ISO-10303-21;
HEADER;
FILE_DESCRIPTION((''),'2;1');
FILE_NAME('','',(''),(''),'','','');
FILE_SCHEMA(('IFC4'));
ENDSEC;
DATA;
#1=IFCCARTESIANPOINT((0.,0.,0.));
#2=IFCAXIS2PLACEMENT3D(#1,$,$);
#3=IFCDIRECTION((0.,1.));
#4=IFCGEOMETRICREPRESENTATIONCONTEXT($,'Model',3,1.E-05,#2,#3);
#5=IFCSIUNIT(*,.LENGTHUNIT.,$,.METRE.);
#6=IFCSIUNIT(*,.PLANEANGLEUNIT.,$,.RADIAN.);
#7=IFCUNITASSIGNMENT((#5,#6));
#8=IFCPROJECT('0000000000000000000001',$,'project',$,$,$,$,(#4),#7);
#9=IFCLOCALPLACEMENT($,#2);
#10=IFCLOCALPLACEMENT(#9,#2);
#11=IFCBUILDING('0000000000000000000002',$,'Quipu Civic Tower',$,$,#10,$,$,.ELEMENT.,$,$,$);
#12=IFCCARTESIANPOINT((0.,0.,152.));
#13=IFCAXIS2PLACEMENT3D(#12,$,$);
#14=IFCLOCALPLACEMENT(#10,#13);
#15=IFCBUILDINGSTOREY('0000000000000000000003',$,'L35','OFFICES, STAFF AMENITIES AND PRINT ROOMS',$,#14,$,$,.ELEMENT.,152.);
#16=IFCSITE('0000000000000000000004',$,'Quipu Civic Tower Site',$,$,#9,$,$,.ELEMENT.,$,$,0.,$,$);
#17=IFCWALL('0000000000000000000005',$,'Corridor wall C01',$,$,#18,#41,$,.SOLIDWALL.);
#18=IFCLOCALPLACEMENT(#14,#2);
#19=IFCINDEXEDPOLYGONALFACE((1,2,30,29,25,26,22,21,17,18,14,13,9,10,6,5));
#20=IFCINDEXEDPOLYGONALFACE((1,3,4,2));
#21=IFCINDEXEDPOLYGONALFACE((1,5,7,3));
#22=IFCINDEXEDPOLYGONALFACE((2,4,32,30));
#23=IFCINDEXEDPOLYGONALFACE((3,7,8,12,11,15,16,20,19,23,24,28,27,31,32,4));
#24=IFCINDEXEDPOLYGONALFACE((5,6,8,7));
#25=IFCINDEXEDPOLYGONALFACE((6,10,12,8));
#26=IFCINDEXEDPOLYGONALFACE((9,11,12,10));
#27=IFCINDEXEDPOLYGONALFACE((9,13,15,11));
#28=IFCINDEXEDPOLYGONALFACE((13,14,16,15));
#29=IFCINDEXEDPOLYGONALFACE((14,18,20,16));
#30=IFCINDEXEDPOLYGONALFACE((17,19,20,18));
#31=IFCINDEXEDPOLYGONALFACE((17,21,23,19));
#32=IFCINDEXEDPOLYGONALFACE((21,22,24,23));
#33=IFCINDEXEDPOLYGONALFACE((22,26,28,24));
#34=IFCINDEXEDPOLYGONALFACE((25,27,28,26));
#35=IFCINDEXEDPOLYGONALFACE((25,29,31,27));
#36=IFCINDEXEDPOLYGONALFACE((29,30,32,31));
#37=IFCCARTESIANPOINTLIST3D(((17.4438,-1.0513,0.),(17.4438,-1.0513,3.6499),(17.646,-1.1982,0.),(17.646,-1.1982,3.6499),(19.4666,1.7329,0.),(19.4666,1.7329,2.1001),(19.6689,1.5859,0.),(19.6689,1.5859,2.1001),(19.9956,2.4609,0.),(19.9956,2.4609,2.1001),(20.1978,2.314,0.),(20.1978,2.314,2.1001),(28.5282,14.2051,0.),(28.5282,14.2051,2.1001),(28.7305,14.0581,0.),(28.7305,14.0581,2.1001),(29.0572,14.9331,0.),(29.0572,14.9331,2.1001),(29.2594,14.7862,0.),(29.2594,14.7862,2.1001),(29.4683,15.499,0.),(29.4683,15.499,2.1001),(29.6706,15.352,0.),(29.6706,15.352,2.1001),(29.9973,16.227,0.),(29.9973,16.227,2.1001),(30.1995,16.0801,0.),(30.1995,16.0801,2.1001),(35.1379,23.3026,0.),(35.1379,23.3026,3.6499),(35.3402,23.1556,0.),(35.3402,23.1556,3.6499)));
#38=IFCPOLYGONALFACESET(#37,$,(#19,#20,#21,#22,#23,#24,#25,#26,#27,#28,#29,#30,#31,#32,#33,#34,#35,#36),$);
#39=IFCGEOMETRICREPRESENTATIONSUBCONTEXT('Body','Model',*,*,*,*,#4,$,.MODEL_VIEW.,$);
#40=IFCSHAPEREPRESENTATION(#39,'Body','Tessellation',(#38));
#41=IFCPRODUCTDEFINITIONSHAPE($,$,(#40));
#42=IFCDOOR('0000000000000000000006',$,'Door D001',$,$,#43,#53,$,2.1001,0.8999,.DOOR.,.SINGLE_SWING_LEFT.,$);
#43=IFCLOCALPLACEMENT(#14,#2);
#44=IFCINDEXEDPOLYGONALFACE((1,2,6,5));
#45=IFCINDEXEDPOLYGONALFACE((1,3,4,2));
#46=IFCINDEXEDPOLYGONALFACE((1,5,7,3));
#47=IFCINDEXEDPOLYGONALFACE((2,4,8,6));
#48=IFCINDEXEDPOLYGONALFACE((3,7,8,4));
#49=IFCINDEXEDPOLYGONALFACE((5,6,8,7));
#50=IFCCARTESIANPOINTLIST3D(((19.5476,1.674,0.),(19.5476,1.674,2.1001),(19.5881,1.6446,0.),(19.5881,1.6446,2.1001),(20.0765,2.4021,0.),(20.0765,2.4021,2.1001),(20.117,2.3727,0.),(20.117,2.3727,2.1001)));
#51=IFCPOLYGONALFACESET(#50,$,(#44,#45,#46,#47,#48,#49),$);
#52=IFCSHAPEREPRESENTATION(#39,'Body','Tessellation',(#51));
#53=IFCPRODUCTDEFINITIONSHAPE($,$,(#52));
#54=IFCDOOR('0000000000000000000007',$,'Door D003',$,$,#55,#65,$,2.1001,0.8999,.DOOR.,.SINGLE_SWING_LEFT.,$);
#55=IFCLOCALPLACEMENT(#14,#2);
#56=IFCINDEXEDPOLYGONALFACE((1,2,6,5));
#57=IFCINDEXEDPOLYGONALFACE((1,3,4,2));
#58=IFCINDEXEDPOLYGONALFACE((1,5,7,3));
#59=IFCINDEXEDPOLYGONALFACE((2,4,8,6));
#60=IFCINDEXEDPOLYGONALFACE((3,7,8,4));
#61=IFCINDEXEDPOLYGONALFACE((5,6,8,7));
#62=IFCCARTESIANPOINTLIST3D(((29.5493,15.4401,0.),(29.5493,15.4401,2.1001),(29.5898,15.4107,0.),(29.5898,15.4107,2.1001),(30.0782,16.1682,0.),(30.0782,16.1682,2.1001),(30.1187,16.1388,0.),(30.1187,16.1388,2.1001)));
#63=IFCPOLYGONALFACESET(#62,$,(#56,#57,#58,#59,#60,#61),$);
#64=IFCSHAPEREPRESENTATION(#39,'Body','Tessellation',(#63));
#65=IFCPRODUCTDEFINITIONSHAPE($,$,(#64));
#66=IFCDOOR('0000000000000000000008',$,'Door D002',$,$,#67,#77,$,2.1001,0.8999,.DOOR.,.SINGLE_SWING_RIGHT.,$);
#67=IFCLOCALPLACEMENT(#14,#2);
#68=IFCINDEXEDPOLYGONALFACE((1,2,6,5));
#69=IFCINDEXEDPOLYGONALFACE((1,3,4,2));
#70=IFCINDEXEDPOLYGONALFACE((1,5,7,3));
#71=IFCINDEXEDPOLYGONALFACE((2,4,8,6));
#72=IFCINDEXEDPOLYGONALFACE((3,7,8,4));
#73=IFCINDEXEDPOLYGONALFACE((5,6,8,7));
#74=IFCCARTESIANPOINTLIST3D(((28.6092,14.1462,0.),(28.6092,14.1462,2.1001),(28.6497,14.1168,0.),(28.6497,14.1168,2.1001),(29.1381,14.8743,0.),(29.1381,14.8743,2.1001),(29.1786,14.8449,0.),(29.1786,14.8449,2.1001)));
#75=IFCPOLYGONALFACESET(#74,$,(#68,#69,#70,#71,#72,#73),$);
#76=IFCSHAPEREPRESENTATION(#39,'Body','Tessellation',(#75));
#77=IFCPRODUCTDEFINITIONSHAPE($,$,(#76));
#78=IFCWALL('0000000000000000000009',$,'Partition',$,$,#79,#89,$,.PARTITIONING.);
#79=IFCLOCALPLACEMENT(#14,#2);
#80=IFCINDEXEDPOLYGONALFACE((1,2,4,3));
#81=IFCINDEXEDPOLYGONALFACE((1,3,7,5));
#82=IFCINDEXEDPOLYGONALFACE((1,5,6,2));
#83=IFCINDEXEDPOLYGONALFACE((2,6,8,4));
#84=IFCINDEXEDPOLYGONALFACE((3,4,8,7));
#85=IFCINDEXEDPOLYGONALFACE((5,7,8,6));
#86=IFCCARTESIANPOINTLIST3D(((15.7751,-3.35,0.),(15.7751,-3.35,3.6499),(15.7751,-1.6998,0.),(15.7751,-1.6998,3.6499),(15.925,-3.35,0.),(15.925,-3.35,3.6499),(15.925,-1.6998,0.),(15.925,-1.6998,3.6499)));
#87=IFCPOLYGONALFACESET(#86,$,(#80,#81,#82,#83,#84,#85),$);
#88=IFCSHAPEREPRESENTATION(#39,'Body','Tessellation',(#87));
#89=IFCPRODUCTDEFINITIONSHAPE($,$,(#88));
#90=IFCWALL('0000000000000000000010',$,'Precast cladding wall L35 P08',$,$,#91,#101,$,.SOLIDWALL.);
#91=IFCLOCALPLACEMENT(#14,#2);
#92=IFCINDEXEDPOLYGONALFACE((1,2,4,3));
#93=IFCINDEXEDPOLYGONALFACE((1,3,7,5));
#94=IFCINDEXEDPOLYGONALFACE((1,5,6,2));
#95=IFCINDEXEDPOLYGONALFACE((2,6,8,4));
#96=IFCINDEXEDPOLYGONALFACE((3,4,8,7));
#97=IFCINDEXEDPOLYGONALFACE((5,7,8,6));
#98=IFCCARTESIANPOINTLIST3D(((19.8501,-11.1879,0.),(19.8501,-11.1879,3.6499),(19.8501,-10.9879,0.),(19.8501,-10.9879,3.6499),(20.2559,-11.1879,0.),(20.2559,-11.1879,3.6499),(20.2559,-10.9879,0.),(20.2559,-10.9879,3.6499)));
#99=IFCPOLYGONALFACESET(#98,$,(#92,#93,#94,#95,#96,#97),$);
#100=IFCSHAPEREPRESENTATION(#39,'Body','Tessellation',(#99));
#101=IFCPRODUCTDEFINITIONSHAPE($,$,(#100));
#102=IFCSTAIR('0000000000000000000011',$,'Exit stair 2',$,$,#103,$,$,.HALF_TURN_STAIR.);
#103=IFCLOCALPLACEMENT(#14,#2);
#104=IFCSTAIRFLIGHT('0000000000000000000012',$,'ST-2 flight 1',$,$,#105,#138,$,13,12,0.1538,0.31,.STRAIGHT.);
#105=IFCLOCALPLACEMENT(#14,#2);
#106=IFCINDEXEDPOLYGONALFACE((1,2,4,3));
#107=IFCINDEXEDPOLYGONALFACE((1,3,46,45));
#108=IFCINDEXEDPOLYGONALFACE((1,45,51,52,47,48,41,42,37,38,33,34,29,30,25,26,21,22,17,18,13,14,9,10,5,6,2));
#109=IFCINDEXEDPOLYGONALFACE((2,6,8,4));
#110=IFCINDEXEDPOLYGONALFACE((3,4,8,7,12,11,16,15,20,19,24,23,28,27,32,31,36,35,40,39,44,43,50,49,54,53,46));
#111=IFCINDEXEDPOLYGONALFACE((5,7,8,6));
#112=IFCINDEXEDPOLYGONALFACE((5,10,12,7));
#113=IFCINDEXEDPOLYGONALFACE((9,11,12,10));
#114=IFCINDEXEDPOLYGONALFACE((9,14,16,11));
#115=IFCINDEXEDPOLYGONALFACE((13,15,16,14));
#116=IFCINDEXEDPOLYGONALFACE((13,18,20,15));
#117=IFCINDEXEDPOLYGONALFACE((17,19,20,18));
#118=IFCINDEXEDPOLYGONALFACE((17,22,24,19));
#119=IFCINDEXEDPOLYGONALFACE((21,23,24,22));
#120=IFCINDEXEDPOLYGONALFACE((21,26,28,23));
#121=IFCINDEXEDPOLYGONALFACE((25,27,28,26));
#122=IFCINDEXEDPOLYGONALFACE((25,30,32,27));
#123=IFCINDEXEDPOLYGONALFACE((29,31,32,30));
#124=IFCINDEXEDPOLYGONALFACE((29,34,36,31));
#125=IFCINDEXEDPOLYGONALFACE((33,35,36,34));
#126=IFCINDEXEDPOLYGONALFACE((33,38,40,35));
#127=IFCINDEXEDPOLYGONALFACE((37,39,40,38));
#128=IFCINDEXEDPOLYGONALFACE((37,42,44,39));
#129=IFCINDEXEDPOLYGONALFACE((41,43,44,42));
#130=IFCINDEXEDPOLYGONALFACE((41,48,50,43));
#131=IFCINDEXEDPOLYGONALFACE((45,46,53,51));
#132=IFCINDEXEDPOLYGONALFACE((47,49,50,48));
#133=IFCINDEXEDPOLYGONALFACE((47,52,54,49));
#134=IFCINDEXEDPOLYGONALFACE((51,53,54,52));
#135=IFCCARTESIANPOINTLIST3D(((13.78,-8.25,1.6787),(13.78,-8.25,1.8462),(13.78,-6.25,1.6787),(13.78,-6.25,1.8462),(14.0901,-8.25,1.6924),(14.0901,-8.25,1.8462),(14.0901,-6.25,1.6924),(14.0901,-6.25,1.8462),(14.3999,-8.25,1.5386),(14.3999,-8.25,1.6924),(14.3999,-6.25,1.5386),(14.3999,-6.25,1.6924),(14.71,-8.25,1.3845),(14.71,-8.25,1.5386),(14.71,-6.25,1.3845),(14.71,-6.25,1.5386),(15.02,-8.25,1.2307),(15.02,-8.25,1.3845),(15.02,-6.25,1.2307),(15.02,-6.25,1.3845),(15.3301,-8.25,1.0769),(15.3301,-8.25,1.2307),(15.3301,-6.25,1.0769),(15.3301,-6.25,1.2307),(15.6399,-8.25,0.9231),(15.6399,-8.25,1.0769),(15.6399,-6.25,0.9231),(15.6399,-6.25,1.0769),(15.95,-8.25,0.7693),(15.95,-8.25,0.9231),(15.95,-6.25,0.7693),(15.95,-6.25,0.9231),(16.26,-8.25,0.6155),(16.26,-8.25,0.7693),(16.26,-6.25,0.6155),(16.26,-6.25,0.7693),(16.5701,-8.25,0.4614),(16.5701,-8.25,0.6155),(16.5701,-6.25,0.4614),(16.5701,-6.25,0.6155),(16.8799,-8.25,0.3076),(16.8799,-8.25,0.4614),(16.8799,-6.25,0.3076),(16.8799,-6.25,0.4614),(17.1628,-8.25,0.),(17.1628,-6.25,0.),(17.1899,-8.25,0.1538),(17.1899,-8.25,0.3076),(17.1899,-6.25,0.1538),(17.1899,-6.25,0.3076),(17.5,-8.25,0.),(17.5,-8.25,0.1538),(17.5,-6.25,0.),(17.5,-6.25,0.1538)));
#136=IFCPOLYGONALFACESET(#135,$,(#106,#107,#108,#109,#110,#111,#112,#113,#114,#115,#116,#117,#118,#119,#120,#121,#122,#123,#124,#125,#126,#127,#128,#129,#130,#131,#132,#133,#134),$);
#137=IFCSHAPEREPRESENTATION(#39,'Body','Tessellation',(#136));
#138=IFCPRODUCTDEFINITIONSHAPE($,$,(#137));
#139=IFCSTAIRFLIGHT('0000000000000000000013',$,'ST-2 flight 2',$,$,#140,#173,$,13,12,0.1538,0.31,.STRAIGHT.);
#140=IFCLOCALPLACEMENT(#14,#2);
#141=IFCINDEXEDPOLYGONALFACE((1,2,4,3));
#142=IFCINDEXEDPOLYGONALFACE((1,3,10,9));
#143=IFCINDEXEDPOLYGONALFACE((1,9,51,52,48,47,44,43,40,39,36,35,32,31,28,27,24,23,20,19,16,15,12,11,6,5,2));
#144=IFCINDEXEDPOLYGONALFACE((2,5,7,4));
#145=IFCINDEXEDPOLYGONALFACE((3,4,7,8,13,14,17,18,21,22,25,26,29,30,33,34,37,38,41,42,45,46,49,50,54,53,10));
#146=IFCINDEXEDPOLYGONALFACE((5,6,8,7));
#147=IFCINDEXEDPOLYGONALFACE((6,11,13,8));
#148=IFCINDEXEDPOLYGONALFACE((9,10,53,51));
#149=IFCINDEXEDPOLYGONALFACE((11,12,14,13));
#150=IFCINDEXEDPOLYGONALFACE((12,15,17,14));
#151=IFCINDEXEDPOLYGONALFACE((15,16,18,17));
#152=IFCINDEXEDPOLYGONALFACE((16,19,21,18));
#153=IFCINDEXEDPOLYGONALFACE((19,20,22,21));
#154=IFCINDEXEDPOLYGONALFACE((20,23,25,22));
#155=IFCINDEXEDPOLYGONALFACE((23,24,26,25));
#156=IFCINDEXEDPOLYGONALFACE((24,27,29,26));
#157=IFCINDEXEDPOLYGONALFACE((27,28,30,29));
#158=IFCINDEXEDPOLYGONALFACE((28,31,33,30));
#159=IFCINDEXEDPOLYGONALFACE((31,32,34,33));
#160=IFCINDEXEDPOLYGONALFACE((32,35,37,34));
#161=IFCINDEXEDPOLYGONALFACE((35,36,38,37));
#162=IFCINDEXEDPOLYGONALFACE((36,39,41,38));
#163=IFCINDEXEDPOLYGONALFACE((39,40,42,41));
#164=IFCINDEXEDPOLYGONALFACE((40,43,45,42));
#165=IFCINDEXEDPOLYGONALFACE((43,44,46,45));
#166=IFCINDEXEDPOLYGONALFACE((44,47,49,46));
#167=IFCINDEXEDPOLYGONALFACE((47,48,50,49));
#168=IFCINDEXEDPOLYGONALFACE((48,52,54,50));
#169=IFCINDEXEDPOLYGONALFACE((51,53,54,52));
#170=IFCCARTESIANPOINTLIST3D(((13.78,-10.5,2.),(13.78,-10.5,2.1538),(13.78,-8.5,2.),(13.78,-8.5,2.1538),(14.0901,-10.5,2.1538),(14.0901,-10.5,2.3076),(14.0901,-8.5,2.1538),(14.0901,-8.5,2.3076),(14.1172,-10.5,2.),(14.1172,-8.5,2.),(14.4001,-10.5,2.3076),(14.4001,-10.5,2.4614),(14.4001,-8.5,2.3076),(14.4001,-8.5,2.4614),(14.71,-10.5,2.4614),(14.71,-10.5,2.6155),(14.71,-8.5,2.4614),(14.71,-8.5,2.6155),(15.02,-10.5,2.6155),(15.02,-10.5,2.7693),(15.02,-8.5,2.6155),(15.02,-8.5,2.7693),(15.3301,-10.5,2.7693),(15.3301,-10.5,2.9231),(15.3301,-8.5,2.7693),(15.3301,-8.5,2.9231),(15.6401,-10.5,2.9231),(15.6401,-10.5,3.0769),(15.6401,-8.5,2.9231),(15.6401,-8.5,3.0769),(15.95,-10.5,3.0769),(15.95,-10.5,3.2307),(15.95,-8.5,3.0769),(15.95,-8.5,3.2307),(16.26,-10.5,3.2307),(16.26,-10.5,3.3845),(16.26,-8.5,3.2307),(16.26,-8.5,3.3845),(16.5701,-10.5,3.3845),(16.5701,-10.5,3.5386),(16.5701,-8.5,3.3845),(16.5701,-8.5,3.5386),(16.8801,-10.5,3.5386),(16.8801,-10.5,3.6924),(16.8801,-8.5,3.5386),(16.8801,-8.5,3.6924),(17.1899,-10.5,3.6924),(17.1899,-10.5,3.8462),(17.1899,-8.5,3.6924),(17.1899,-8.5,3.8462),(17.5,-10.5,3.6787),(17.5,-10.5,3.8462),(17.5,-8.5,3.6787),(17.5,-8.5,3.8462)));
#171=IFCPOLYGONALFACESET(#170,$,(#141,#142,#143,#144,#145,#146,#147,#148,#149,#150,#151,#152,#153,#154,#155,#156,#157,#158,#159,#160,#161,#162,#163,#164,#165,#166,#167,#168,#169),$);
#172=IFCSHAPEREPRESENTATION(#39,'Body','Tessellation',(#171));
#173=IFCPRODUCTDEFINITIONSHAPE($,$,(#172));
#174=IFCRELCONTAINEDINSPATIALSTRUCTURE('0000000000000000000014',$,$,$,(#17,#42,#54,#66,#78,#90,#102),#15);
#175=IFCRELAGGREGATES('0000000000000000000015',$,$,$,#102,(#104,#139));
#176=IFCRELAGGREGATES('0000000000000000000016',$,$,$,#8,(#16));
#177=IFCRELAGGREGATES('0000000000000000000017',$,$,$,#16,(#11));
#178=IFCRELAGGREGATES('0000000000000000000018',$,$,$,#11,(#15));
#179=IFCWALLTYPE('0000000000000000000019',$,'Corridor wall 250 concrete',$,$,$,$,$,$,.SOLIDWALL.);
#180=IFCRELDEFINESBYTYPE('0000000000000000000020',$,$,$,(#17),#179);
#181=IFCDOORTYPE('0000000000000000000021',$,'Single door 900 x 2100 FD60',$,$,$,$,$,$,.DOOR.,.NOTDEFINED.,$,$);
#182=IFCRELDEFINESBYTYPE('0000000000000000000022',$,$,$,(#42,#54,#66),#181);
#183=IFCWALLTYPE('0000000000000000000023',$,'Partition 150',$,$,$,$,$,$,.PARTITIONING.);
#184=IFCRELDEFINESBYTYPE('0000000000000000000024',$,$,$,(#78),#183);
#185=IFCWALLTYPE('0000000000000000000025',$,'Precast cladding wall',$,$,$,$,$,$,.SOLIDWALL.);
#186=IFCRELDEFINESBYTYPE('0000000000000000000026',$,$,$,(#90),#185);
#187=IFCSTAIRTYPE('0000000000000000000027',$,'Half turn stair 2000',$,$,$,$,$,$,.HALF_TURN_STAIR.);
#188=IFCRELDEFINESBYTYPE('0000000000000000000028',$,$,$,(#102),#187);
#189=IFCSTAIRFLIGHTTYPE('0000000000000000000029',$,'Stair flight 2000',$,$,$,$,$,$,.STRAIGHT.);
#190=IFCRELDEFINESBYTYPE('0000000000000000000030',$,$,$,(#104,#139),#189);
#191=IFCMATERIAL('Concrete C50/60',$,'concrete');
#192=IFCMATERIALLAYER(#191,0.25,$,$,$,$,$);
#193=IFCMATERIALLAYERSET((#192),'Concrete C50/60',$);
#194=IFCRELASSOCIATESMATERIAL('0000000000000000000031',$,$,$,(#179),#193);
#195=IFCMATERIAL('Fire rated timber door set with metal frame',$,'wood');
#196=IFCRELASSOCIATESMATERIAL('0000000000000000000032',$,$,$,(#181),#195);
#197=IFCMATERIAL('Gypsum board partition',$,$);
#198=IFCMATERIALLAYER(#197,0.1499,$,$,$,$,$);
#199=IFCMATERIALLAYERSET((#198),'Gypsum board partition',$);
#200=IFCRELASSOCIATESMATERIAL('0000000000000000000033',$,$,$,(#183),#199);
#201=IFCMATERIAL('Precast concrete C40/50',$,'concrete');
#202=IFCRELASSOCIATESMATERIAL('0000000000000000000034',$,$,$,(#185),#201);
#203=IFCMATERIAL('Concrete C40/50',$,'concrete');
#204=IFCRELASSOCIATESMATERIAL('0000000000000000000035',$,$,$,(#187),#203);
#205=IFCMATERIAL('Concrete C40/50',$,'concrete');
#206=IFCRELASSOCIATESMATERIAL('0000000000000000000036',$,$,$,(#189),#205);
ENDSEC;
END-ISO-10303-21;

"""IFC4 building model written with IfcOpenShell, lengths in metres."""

from ifc_helpers import new_model, si_unit, direction, frame, frame_2d, origin, place, context, subcontext, project, spatial, polyline, rectangle, outline, extrude, material, layer, layer_set, type_object, element, fill, aggregate, save


model = new_model("IFC4")

# Units and contexts
model_context = context("Model", 3, precision=1e-05, world=origin(), true_north=direction((0.0, 1.0)))
body_context = subcontext(model_context, "Body", "Model", "MODEL_VIEW")
ifc_project = project(units=[si_unit("LENGTHUNIT", "METRE"), si_unit("PLANEANGLEUNIT", "RADIAN")], contexts=[model_context])

# Site, building, storey
site_placement = place(None, origin())
site = spatial("IfcSite", under=ifc_project, at=site_placement, Name="Quipu Civic Tower Site", CompositionType="ELEMENT", RefElevation=0.0)
building_placement = place(site_placement, origin())
building = spatial("IfcBuilding", under=site, at=building_placement, Name="Quipu Civic Tower", CompositionType="ELEMENT")
storey_placement = place(building_placement, frame((0.0, 0.0, 152.0)))
storey = spatial("IfcBuildingStorey", under=building, at=storey_placement, Name="L35", Description="OFFICES, STAFF AMENITIES AND PRINT ROOMS", CompositionType="ELEMENT", Elevation=152.0)

# Wall, openings, doors
ifc_material_1 = material(Name="Concrete C50/60", Category="concrete")
ifc_layer_1 = layer(ifc_material_1, 0.25)
ifc_layer_set_1 = layer_set([ifc_layer_1], Name="Concrete C50/60")
wall_type_1 = type_object("IfcWallType", Name="Corridor wall 250 concrete", PredefinedType="SOLIDWALL", material=ifc_layer_set_1)
wall_1_placement = place(storey_placement, frame((17.5449, -1.1248, 0.0), z_axis=(0.0, 0.0, 1.0), x_axis=(0.587786, 0.809016, 0.0)))
wall_1 = element("IfcWall", 1, at=wall_1_placement, inside=storey, type_object=wall_type_1, Name="Corridor wall C01", PredefinedType="SOLIDWALL", context=body_context, shape_type="SweptSolid", body=[
    extrude(rectangle(XDim=30.103, YDim=0.25, at=frame_2d((15.0515, 0.0))), origin(), (0.0, 0.0, 1.0), 3.6499),
])
opening_1_placement = place(wall_1_placement, frame((3.4414, 0.0, 0.0)))
opening_1 = element("IfcOpeningElement", 2, at=opening_1_placement, cuts=wall_1, PredefinedType="OPENING", context=body_context, shape_type="SweptSolid", body=[
    extrude(rectangle(XDim=0.8999, YDim=2.1001, at=frame_2d((0.45, 1.05))), frame((0.0, 0.135, 0.0), z_axis=(0.0, -1.0, 0.0), x_axis=(1.0, 0.0, 0.0)), (0.0, 0.0, 1.0), 0.27),
])
opening_2_placement = place(wall_1_placement, frame((20.4573, 0.0, 0.0)))
opening_2 = element("IfcOpeningElement", 3, at=opening_2_placement, cuts=wall_1, PredefinedType="OPENING", context=body_context, shape_type="SweptSolid", body=[
    extrude(rectangle(XDim=0.8999, YDim=2.1001, at=frame_2d((0.45, 1.05))), frame((0.0, 0.135, 0.0), z_axis=(0.0, -1.0, 0.0), x_axis=(1.0, 0.0, 0.0)), (0.0, 0.0, 1.0), 0.27),
])
opening_3_placement = place(wall_1_placement, frame((18.8579, 0.0, 0.0)))
opening_3 = element("IfcOpeningElement", 4, at=opening_3_placement, cuts=wall_1, PredefinedType="OPENING", context=body_context, shape_type="SweptSolid", body=[
    extrude(rectangle(XDim=0.8999, YDim=2.1001, at=frame_2d((0.45, 1.05))), frame((0.0, 0.135, 0.0), z_axis=(0.0, -1.0, 0.0), x_axis=(1.0, 0.0, 0.0)), (0.0, 0.0, 1.0), 0.27),
])
ifc_material_2 = material(Name="Fire rated timber door set with metal frame", Category="wood")
door_type_1 = type_object("IfcDoorType", Name="Single door 900 x 2100 FD60", OperationType="NOTDEFINED", PredefinedType="DOOR", material=ifc_material_2)
door_1_placement = place(opening_1_placement, origin())
door_1 = element("IfcDoor", 5, at=door_1_placement, inside=storey, type_object=door_type_1, Name="Door D001", OperationType="SINGLE_SWING_LEFT", OverallHeight=2.1001, OverallWidth=0.8999, PredefinedType="DOOR", context=body_context, shape_type="SweptSolid", body=[
    extrude(rectangle(XDim=0.8999, YDim=2.1001, at=frame_2d((0.45, 1.05))), frame((0.0, 0.0249, 0.0), z_axis=(0.0, -1.0, 0.0), x_axis=(1.0, 0.0, 0.0)), (0.0, 0.0, 1.0), 0.05),
])
fill(opening_1, door_1)
door_2_placement = place(opening_2_placement, origin())
door_2 = element("IfcDoor", 6, at=door_2_placement, inside=storey, type_object=door_type_1, Name="Door D003", OperationType="SINGLE_SWING_LEFT", OverallHeight=2.1001, OverallWidth=0.8999, PredefinedType="DOOR", context=body_context, shape_type="SweptSolid", body=[
    extrude(rectangle(XDim=0.8999, YDim=2.1001, at=frame_2d((0.45, 1.05))), frame((0.0, 0.0249, 0.0), z_axis=(0.0, -1.0, 0.0), x_axis=(1.0, 0.0, 0.0)), (0.0, 0.0, 1.0), 0.05),
])
fill(opening_2, door_2)
door_3_placement = place(opening_3_placement, origin())
door_3 = element("IfcDoor", 7, at=door_3_placement, inside=storey, type_object=door_type_1, Name="Door D002", OperationType="SINGLE_SWING_RIGHT", OverallHeight=2.1001, OverallWidth=0.8999, PredefinedType="DOOR", context=body_context, shape_type="SweptSolid", body=[
    extrude(rectangle(XDim=0.8999, YDim=2.1001, at=frame_2d((0.45, 1.05))), frame((0.0, 0.0249, 0.0), z_axis=(0.0, -1.0, 0.0), x_axis=(1.0, 0.0, 0.0)), (0.0, 0.0, 1.0), 0.05),
])
fill(opening_3, door_3)

# Walls
ifc_material_3 = material(Name="Gypsum board partition")
ifc_layer_2 = layer(ifc_material_3, 0.1499)
ifc_layer_set_2 = layer_set([ifc_layer_2], Name="Gypsum board partition")
wall_type_2 = type_object("IfcWallType", Name="Partition 150", PredefinedType="PARTITIONING", material=ifc_layer_set_2)
wall_2_placement = place(storey_placement, frame((15.8501, -3.3501, 0.0), z_axis=(0.0, 0.0, 1.0), x_axis=(0.0, 1.0, 0.0)))
element("IfcWall", 8, at=wall_2_placement, inside=storey, type_object=wall_type_2, Name="Partition", PredefinedType="PARTITIONING", context=body_context, shape_type="SweptSolid", body=[
    extrude(rectangle(XDim=1.6501, YDim=0.1499, at=frame_2d((0.8252, 0.0))), origin(), (0.0, 0.0, 1.0), 3.6499),
])
ifc_material_4 = material(Name="Precast concrete C40/50", Category="concrete")
wall_type_3 = type_object("IfcWallType", Name="Precast cladding wall", PredefinedType="SOLIDWALL", material=ifc_material_4)
wall_3_placement = place(storey_placement, frame((19.8501, -11.0879, 0.0), z_axis=(0.0, 0.0, 1.0), x_axis=(1.0, 0.0, 0.0)))
element("IfcWall", 9, at=wall_3_placement, inside=storey, type_object=wall_type_3, Name="Precast cladding wall L35 P08", PredefinedType="SOLIDWALL", context=body_context, shape_type="SweptSolid", body=[
    extrude(rectangle(XDim=0.4058, YDim=0.2, at=frame_2d((0.2029, 0.0))), origin(), (0.0, 0.0, 1.0), 3.6499),
])

# Stair, stair flights
ifc_material_5 = material(Name="Concrete C40/50", Category="concrete")
stair_type = type_object("IfcStairType", Name="Half turn stair 2000", PredefinedType="HALF_TURN_STAIR", material=ifc_material_5)
stair_placement = place(storey_placement, origin())
stair = element("IfcStair", 10, at=stair_placement, inside=storey, type_object=stair_type, Name="Exit stair 2", PredefinedType="HALF_TURN_STAIR")
ifc_material_6 = material(Name="Concrete C40/50", Category="concrete")
stair_flight_type = type_object("IfcStairFlightType", Name="Stair flight 2000", PredefinedType="STRAIGHT", material=ifc_material_6)
stair_flight_1_placement = place(storey_placement, frame((17.5, -7.25, 0.0), z_axis=(0.0, 0.0, 1.0), x_axis=(-1.0, 0.0, 0.0)))
stair_flight_1 = element("IfcStairFlight", 11, at=stair_flight_1_placement, type_object=stair_flight_type, Name="ST-2 flight 1", NumberOfRisers=13, NumberOfTreads=12, PredefinedType="STRAIGHT", RiserHeight=0.1538, TreadLength=0.31, context=body_context, shape_type="SweptSolid", body=[
    extrude(outline(polyline([(0.0, 0.0), (0.0, 0.1538), (0.3101, 0.1538), (0.3101, 0.3076), (0.6201, 0.3076), (0.6201, 0.4614), (0.9299, 0.4614), (0.9299, 0.6155), (1.24, 0.6155), (1.24, 0.7693), (1.55, 0.7693), (1.55, 0.9231), (1.8601, 0.9231), (1.8601, 1.0769), (2.1699, 1.0769), (2.1699, 1.2307), (2.48, 1.2307), (2.48, 1.3845), (2.79, 1.3845), (2.79, 1.5386), (3.1001, 1.5386), (3.1001, 1.6924), (3.4099, 1.6924), (3.4099, 1.8462), (3.72, 1.8462), (3.72, 2.0), (3.72, 1.6787), (0.3372, 0.0), (0.0, 0.0)])), frame((0.0, 1.0, 0.0), z_axis=(0.0, -1.0, 0.0), x_axis=(1.0, 0.0, 0.0)), (0.0, 0.0, 1.0), 2.0),
])
stair_flight_2_placement = place(storey_placement, frame((13.78, -9.5, 2.0), z_axis=(0.0, 0.0, 1.0), x_axis=(1.0, 0.0, 0.0)))
stair_flight_2 = element("IfcStairFlight", 12, at=stair_flight_2_placement, type_object=stair_flight_type, Name="ST-2 flight 2", NumberOfRisers=13, NumberOfTreads=12, PredefinedType="STRAIGHT", RiserHeight=0.1538, TreadLength=0.31, context=body_context, shape_type="SweptSolid", body=[
    extrude(outline(polyline([(0.0, 0.0), (0.0, 0.1538), (0.3101, 0.1538), (0.3101, 0.3076), (0.6201, 0.3076), (0.6201, 0.4614), (0.9299, 0.4614), (0.9299, 0.6155), (1.24, 0.6155), (1.24, 0.7693), (1.55, 0.7693), (1.55, 0.9231), (1.8601, 0.9231), (1.8601, 1.0769), (2.1699, 1.0769), (2.1699, 1.2307), (2.48, 1.2307), (2.48, 1.3845), (2.79, 1.3845), (2.79, 1.5386), (3.1001, 1.5386), (3.1001, 1.6924), (3.4099, 1.6924), (3.4099, 1.8462), (3.72, 1.8462), (3.72, 2.0), (3.72, 1.6787), (0.3372, 0.0), (0.0, 0.0)])), frame((0.0, 1.0, 0.0), z_axis=(0.0, -1.0, 0.0), x_axis=(1.0, 0.0, 0.0)), (0.0, 0.0, 1.0), 2.0),
])
aggregate(stair, [stair_flight_1, stair_flight_2])

save(model, "model.ifc")
